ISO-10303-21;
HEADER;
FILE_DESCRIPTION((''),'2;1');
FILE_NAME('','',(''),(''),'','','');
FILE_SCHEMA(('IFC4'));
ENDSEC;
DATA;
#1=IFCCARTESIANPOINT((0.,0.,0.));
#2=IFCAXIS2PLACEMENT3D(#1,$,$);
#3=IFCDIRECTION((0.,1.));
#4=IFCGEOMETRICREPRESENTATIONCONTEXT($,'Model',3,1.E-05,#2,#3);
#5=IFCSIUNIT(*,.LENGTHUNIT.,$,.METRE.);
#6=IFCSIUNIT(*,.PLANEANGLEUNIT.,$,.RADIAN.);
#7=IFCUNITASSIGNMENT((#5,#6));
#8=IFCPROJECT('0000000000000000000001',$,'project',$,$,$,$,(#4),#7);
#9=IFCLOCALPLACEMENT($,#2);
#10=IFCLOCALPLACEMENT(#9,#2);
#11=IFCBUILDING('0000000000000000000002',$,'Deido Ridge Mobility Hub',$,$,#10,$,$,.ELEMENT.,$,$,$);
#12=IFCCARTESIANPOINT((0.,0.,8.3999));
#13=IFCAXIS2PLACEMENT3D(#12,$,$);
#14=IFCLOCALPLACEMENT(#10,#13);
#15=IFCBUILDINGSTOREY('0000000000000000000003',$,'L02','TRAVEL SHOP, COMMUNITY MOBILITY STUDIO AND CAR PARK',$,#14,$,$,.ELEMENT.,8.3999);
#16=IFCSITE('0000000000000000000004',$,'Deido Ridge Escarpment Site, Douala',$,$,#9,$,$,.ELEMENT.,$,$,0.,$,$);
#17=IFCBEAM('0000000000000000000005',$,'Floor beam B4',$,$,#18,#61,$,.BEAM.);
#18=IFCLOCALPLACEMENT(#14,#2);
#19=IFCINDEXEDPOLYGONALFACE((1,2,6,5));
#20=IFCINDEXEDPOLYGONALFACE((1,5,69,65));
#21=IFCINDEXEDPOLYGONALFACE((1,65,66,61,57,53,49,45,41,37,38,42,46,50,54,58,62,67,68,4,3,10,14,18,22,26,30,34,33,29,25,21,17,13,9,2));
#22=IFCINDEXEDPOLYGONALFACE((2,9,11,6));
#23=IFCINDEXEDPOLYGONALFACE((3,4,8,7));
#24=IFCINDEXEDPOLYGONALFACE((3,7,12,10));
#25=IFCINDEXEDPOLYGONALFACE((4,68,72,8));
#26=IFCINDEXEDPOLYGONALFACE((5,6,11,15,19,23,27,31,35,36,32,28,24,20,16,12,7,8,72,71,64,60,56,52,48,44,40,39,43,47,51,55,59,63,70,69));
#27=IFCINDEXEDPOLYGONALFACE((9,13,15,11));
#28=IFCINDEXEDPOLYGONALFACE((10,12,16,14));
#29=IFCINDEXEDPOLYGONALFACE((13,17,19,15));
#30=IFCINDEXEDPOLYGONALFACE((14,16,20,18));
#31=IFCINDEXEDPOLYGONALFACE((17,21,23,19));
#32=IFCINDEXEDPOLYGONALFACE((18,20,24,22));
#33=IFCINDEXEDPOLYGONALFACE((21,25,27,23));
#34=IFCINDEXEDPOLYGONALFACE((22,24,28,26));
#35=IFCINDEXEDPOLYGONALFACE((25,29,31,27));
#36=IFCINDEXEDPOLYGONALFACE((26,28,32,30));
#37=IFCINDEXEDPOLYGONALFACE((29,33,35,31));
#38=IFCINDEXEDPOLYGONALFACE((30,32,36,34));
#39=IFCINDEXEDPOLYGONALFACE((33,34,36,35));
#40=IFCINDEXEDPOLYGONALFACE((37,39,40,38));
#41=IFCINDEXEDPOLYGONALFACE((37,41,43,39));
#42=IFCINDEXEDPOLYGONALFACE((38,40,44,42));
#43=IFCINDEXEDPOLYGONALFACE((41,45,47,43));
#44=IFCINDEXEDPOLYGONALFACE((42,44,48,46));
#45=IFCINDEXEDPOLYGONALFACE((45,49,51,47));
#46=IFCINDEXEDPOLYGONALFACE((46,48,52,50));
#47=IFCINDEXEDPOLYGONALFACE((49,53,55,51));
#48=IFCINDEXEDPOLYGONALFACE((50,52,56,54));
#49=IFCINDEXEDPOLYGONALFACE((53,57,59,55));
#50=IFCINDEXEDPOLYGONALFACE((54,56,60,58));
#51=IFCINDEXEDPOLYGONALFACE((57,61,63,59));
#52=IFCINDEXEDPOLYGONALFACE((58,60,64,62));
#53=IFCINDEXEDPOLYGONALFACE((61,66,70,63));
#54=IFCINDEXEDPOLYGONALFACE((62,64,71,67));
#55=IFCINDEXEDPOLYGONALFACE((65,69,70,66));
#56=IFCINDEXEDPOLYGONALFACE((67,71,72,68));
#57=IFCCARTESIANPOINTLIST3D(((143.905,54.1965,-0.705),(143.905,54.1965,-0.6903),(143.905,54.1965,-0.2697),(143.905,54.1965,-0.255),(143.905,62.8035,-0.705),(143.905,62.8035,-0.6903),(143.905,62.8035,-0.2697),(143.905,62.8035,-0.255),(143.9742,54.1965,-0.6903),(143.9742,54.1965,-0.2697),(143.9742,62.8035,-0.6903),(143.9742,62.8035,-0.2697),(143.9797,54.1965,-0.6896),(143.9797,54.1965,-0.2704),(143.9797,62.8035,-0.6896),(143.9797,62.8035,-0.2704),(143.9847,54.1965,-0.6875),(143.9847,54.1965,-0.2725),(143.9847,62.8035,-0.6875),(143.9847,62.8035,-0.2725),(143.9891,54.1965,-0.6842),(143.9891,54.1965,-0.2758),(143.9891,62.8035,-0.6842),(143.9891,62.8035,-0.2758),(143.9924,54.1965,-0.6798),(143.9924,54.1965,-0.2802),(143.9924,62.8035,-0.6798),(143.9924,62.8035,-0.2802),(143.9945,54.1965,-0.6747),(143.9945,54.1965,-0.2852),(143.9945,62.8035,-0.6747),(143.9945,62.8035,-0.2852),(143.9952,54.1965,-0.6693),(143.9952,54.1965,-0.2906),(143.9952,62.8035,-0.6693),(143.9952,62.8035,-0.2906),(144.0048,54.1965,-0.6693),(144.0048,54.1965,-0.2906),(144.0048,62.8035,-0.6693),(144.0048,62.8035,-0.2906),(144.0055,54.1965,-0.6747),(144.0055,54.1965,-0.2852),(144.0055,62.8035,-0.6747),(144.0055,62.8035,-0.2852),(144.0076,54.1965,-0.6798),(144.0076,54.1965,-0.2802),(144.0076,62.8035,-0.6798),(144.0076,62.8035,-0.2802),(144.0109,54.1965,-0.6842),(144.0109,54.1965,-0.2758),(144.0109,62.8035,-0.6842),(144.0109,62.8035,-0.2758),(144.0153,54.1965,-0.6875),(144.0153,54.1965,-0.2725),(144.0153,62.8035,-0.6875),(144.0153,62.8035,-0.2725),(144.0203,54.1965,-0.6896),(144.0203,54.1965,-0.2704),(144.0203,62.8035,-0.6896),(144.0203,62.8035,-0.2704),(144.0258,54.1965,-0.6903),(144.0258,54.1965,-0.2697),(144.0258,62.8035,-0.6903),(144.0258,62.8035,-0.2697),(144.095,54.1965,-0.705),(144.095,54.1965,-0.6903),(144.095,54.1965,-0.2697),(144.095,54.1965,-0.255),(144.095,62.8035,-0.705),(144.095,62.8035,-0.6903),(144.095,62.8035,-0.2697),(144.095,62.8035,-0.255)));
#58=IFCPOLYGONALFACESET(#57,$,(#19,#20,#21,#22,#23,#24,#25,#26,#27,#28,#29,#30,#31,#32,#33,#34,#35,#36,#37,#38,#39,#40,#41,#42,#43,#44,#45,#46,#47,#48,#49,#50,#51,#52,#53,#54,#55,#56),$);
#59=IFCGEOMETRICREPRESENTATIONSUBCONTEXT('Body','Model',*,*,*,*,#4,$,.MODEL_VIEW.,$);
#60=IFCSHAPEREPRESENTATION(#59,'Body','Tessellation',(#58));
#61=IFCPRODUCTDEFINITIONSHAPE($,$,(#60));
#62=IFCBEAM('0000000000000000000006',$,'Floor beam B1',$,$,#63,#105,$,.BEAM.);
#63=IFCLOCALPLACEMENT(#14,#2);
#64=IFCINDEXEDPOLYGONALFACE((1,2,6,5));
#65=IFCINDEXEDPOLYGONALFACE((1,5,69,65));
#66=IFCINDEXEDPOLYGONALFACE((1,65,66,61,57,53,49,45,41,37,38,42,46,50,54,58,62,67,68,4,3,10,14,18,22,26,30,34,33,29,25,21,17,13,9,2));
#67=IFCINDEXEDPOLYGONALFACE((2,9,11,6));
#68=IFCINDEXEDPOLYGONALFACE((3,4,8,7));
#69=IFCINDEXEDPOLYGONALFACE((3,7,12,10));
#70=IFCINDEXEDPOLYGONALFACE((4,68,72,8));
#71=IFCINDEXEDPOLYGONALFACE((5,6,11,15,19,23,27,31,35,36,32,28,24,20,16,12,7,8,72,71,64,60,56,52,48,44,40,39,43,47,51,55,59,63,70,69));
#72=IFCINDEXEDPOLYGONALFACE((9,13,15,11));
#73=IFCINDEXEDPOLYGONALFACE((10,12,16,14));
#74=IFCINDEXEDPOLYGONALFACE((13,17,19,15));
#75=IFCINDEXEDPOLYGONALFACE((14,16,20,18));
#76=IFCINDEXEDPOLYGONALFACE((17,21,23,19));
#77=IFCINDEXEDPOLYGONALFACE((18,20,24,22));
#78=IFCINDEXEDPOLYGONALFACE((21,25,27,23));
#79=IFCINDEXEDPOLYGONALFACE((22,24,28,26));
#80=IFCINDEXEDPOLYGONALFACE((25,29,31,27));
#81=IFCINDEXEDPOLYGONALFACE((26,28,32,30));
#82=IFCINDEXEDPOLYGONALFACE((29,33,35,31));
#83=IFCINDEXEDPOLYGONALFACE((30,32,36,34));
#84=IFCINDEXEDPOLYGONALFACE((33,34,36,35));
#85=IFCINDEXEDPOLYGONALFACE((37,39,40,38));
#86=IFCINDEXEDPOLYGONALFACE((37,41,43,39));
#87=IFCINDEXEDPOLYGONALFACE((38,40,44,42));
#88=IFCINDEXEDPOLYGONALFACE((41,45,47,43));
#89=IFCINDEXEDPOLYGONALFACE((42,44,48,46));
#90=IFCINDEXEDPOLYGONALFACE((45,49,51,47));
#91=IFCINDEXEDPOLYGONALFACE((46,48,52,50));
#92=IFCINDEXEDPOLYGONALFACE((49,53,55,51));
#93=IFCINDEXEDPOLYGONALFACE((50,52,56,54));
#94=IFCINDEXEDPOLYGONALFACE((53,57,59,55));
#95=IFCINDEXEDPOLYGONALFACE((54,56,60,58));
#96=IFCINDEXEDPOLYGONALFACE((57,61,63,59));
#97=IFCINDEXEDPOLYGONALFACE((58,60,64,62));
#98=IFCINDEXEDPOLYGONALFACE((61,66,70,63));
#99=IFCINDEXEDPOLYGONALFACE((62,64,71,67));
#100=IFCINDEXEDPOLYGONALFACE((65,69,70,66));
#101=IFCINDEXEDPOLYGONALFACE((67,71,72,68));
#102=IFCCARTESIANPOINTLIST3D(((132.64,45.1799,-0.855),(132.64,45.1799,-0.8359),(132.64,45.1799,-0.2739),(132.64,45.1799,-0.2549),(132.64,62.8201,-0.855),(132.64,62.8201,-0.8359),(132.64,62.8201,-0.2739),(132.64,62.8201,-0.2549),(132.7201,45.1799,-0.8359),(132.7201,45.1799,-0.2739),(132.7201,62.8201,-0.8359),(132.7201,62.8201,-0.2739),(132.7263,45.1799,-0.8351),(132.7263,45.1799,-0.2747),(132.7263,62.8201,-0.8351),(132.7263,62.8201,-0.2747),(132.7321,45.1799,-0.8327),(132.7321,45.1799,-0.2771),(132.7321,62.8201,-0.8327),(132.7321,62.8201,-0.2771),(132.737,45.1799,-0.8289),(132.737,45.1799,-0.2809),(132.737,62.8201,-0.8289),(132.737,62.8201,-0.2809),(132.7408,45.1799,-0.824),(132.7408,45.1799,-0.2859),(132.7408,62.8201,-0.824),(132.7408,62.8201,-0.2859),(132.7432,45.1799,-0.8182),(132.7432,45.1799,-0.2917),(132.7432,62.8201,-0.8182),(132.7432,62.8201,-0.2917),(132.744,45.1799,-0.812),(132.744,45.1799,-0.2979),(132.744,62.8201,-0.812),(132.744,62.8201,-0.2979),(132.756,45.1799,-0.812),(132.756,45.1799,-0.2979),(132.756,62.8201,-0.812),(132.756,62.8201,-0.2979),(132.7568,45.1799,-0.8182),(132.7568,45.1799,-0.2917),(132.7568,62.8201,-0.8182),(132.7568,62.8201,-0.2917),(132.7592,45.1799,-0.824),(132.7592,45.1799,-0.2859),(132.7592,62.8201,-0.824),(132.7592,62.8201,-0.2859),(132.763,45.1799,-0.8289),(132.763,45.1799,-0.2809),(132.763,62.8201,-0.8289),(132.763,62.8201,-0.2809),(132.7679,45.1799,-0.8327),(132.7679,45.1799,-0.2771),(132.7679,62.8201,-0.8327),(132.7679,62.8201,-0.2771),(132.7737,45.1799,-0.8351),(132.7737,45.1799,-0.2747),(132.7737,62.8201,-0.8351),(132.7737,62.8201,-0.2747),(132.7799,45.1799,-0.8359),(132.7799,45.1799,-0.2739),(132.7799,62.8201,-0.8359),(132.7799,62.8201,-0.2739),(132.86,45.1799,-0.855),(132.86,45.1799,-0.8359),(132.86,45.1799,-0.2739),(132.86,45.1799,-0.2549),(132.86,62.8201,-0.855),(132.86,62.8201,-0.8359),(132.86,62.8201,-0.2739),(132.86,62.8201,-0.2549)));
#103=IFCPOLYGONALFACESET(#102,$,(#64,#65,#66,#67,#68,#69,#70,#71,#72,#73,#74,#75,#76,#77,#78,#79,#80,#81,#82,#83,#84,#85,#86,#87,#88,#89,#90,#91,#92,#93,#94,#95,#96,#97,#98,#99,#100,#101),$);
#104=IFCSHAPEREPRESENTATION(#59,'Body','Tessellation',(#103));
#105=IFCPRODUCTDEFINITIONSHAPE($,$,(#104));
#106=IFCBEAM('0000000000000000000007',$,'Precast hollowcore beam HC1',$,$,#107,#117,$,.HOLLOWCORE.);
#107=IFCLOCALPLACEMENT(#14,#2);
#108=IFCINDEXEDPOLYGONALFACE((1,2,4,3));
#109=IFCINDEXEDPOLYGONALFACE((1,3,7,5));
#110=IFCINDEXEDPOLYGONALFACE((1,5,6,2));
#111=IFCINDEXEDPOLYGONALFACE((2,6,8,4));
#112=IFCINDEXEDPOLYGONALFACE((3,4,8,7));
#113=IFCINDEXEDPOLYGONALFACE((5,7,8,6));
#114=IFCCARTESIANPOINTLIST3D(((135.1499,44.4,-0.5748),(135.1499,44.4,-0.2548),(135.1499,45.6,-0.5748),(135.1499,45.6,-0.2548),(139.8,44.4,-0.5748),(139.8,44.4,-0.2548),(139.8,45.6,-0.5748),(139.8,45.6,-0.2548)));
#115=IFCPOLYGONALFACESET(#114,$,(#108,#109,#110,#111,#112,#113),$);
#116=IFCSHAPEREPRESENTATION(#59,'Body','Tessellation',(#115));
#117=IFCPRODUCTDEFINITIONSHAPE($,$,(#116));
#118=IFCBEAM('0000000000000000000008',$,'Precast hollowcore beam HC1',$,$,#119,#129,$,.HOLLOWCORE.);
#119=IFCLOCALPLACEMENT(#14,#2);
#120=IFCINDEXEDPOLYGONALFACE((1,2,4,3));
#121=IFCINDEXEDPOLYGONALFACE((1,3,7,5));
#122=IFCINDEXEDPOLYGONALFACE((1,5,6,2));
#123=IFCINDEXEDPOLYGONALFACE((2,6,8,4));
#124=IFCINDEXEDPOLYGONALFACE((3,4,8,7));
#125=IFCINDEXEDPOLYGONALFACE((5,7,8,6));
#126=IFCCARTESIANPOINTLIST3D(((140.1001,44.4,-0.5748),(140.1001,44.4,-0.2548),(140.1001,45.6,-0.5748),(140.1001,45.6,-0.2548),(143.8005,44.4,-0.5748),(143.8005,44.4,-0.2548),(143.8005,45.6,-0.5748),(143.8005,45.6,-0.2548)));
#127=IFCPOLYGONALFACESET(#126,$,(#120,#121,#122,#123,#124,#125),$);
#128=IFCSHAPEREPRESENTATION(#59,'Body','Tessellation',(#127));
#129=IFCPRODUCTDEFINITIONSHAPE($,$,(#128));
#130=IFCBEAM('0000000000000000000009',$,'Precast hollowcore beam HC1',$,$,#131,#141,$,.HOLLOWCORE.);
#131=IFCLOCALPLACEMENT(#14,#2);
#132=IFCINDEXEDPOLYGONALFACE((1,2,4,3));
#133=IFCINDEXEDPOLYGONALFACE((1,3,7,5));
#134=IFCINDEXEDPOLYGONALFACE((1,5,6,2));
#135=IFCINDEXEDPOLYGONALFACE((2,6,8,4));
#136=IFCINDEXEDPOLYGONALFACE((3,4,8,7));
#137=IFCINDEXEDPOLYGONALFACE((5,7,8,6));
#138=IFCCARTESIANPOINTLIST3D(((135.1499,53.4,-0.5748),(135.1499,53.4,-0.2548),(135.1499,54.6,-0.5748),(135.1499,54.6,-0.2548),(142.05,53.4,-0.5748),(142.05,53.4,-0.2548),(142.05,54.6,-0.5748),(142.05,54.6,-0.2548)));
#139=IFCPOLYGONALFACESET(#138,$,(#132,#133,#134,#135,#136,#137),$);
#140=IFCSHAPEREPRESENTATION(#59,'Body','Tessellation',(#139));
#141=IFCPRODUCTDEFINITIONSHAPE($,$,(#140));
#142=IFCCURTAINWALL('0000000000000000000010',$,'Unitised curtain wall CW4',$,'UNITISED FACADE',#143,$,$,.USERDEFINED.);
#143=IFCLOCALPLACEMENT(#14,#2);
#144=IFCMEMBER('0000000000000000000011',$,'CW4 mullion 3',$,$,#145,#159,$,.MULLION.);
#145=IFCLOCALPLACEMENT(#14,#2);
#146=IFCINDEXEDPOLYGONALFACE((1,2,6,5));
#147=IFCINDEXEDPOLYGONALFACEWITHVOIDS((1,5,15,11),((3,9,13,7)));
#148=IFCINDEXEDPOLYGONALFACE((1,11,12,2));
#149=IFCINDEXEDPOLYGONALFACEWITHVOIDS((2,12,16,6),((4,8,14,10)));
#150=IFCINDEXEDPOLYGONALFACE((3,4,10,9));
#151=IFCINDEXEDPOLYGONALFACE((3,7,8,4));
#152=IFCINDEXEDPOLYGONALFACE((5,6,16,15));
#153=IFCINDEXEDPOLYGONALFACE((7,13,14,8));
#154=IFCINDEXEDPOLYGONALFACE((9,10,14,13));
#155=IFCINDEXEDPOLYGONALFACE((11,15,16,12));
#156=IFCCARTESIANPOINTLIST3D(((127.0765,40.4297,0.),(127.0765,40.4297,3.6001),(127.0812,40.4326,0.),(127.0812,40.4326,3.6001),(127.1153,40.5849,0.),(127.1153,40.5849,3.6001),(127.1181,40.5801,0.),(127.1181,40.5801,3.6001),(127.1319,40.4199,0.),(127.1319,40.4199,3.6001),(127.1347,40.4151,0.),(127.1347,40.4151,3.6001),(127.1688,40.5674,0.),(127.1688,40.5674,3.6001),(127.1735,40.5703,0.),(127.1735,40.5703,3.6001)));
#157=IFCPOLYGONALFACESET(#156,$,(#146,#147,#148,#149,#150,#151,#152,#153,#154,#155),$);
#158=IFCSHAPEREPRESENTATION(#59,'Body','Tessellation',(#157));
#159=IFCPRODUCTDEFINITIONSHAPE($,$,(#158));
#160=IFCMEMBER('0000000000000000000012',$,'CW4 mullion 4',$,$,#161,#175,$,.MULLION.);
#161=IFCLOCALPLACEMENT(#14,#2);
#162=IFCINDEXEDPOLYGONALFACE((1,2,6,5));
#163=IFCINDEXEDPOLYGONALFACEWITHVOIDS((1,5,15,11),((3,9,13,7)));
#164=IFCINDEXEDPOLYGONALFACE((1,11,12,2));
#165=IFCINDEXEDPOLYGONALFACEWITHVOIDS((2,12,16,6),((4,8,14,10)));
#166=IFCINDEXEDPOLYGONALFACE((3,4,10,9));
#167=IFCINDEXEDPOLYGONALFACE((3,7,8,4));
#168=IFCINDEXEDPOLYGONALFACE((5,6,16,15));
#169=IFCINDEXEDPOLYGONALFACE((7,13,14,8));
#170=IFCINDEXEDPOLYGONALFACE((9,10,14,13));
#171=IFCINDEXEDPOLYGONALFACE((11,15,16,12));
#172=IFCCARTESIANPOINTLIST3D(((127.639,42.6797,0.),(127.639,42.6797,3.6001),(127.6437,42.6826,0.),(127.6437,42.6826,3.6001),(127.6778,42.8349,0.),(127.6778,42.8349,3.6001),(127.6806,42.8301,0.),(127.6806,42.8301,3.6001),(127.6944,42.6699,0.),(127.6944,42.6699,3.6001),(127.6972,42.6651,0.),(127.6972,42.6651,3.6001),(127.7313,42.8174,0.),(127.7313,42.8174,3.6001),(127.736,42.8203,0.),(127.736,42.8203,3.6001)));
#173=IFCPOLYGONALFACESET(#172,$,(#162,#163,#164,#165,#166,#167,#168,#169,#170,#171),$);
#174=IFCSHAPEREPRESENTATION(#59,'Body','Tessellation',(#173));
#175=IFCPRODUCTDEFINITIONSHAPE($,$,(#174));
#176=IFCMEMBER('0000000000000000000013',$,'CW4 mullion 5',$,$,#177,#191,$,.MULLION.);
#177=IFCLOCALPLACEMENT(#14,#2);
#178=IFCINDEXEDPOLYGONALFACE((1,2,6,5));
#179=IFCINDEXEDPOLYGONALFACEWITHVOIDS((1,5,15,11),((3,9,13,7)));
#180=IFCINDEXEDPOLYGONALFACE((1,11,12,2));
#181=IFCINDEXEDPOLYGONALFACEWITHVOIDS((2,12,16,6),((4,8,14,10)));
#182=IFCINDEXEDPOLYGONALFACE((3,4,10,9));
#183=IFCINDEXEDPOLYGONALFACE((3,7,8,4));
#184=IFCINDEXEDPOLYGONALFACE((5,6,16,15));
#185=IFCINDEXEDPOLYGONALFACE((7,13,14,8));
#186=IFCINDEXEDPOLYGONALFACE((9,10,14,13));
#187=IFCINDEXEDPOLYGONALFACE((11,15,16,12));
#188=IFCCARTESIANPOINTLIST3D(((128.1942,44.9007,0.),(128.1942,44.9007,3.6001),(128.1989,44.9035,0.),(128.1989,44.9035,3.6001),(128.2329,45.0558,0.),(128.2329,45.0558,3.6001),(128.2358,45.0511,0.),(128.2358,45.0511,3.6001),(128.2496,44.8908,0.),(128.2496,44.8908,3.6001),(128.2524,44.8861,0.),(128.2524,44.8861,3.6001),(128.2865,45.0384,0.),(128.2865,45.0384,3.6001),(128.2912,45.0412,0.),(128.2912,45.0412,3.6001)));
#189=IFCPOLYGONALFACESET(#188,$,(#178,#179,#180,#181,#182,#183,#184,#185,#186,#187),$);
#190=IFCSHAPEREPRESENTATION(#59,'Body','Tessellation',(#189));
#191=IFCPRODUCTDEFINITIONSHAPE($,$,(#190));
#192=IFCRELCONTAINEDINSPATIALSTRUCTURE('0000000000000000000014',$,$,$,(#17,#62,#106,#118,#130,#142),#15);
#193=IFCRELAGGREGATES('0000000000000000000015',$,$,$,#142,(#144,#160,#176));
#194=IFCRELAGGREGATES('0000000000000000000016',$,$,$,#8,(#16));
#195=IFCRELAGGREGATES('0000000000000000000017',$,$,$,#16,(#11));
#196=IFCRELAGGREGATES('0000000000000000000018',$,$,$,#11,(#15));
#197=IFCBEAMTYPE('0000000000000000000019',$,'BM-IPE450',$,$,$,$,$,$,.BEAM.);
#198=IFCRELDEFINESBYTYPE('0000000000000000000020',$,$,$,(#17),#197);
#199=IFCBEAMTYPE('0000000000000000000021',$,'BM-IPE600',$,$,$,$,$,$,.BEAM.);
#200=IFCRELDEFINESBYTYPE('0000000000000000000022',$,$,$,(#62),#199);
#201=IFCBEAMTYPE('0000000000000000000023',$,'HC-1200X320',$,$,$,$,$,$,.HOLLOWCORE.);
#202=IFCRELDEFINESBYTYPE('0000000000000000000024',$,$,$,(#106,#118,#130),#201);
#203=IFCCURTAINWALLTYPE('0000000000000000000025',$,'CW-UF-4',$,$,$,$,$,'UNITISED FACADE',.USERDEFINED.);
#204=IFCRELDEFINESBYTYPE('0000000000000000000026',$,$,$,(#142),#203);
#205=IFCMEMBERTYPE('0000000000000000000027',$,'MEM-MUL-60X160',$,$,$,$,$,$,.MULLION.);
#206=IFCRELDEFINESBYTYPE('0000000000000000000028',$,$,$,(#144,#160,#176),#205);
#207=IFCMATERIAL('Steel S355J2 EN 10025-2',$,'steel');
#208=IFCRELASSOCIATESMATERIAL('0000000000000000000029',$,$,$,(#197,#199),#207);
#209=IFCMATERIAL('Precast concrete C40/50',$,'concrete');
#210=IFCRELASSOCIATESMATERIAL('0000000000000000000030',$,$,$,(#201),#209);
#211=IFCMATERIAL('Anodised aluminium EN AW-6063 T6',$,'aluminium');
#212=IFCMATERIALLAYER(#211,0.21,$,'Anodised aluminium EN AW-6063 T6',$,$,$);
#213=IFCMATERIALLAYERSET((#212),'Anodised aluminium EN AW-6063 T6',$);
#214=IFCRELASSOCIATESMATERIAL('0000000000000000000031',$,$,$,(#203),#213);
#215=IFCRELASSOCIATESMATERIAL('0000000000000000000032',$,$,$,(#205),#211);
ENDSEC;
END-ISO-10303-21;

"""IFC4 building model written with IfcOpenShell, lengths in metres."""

from ifc_helpers import new_model, si_unit, direction, frame, origin, origin_2d, place, context, subcontext, project, spatial, rectangle, hollow_rectangle, i_section, extrude, material, layer, layer_set, material_profile, profile_set, type_object, element, aggregate, save


model = new_model("IFC4")

# Units and contexts
model_context = context("Model", 3, precision=1e-05, world=origin(), true_north=direction((0.0, 1.0)))
body_context = subcontext(model_context, "Body", "Model", "MODEL_VIEW")
ifc_project = project(units=[si_unit("LENGTHUNIT", "METRE"), si_unit("PLANEANGLEUNIT", "RADIAN")], contexts=[model_context])

# Site, building, storey
site_placement = place(None, origin())
site = spatial("IfcSite", under=ifc_project, at=site_placement, Name="Deido Ridge Escarpment Site, Douala", CompositionType="ELEMENT", RefElevation=0.0)
building_placement = place(site_placement, origin())
building = spatial("IfcBuilding", under=site, at=building_placement, Name="Deido Ridge Mobility Hub", CompositionType="ELEMENT")
storey_placement = place(building_placement, frame((0.0, 0.0, 8.3999)))
storey = spatial("IfcBuildingStorey", under=building, at=storey_placement, Name="L02", Description="TRAVEL SHOP, COMMUNITY MOBILITY STUDIO AND CAR PARK", CompositionType="ELEMENT", Elevation=8.3999)

# Shared definitions
ifc_material_1 = material(Name="Steel S355J2 EN 10025-2", Category="steel")

# Beams
ifc_material_profile_1 = material_profile(ifc_material_1, i_section(OverallWidth=0.1899, OverallDepth=0.45, WebThickness=0.0095, FlangeThickness=0.0146, FilletRadius=0.021, at=origin_2d()), Name="IPE 450")
ifc_profile_set_1 = profile_set([ifc_material_profile_1], Name="Steel S355J2 EN 10025-2")
beam_type_1 = type_object("IfcBeamType", Name="BM-IPE450", PredefinedType="BEAM", material=ifc_profile_set_1)
for number, where, z_axis, x_axis, name in (
    (1, (144.0, 54.1965, -0.48), (0.0, 1.0, 0.0), (-1.0, 0.0, 0.0), "Floor beam B4"),
):
    element("IfcBeam", number, at=place(storey_placement, frame(where, z_axis=z_axis, x_axis=x_axis)), inside=storey, type_object=beam_type_1, Name=name, PredefinedType="BEAM", context=body_context, shape_type="SweptSolid", body=[
        extrude(i_section(OverallWidth=0.1899, OverallDepth=0.45, WebThickness=0.0095, FlangeThickness=0.0146, FilletRadius=0.021, at=origin_2d()), origin(), (0.0, 0.0, 1.0), 8.6069),
    ])
ifc_material_profile_2 = material_profile(ifc_material_1, i_section(OverallWidth=0.22, OverallDepth=0.6001, WebThickness=0.012, FlangeThickness=0.019, FilletRadius=0.0239, at=origin_2d()), Name="IPE 600")
ifc_profile_set_2 = profile_set([ifc_material_profile_2], Name="Steel S355J2 EN 10025-2")
beam_type_2 = type_object("IfcBeamType", Name="BM-IPE600", PredefinedType="BEAM", material=ifc_profile_set_2)
beam_1_placement = place(storey_placement, frame((132.75, 45.1799, -0.5549), z_axis=(0.0, 1.0, 0.0), x_axis=(-1.0, 0.0, 0.0)))
element("IfcBeam", 2, at=beam_1_placement, inside=storey, type_object=beam_type_2, Name="Floor beam B1", PredefinedType="BEAM", context=body_context, shape_type="SweptSolid", body=[
    extrude(i_section(OverallWidth=0.22, OverallDepth=0.6001, WebThickness=0.012, FlangeThickness=0.019, FilletRadius=0.0239, at=origin_2d()), origin(), (0.0, 0.0, 1.0), 17.6401),
])
ifc_material_2 = material(Name="Precast concrete C40/50", Category="concrete")
ifc_material_profile_3 = material_profile(ifc_material_2, rectangle(XDim=1.2, YDim=0.3201, at=origin_2d()), Name="RC HC 1200x320")
ifc_profile_set_3 = profile_set([ifc_material_profile_3], Name="Precast concrete C40/50")
beam_type_3 = type_object("IfcBeamType", Name="HC-1200X320", PredefinedType="HOLLOWCORE", material=ifc_profile_set_3)
beam_2_placement = place(storey_placement, frame((135.1499, 45.0, -0.4148), z_axis=(1.0, 0.0, 0.0), x_axis=(0.0, 1.0, 0.0)))
element("IfcBeam", 3, at=beam_2_placement, inside=storey, type_object=beam_type_3, Name="Precast hollowcore beam HC1", PredefinedType="HOLLOWCORE", context=body_context, shape_type="SweptSolid", body=[
    extrude(rectangle(XDim=1.2, YDim=0.3201, at=origin_2d()), origin(), (0.0, 0.0, 1.0), 4.6501),
])
beam_3_placement = place(storey_placement, frame((140.1001, 45.0, -0.4148), z_axis=(1.0, 0.0, 0.0), x_axis=(0.0, 1.0, 0.0)))
element("IfcBeam", 4, at=beam_3_placement, inside=storey, type_object=beam_type_3, Name="Precast hollowcore beam HC1", PredefinedType="HOLLOWCORE", context=body_context, shape_type="SweptSolid", body=[
    extrude(rectangle(XDim=1.2, YDim=0.3201, at=origin_2d()), origin(), (0.0, 0.0, 1.0), 3.7004),
])
beam_4_placement = place(storey_placement, frame((135.1499, 54.0, -0.4148), z_axis=(1.0, 0.0, 0.0), x_axis=(0.0, 1.0, 0.0)))
element("IfcBeam", 5, at=beam_4_placement, inside=storey, type_object=beam_type_3, Name="Precast hollowcore beam HC1", PredefinedType="HOLLOWCORE", context=body_context, shape_type="SweptSolid", body=[
    extrude(rectangle(XDim=1.2, YDim=0.3201, at=origin_2d()), origin(), (0.0, 0.0, 1.0), 6.9001),
])

# Curtain wall, members
ifc_material_3 = material(Name="Anodised aluminium EN AW-6063 T6", Category="aluminium")
ifc_layer_1 = layer(ifc_material_3, 0.21, Name="Anodised aluminium EN AW-6063 T6")
ifc_layer_set_1 = layer_set([ifc_layer_1], Name="Anodised aluminium EN AW-6063 T6")
curtain_wall_type_1 = type_object("IfcCurtainWallType", Name="CW-UF-4", ElementType="UNITISED FACADE", PredefinedType="USERDEFINED", material=ifc_layer_set_1)
curtain_wall_1_placement = place(storey_placement, origin())
curtain_wall_1 = element("IfcCurtainWall", 6, at=curtain_wall_1_placement, inside=storey, type_object=curtain_wall_type_1, Name="Unitised curtain wall CW4", ObjectType="UNITISED FACADE", PredefinedType="USERDEFINED")
ifc_material_profile_4 = material_profile(ifc_material_3, hollow_rectangle(XDim=0.0601, YDim=0.1599, WallThickness=0.0039, at=origin_2d()), Name="RHS 60x160x4")
ifc_profile_set_4 = profile_set([ifc_material_profile_4], Name="Anodised aluminium EN AW-6063 T6")
member_type_1 = type_object("IfcMemberType", Name="MEM-MUL-60X160", PredefinedType="MULLION", material=ifc_profile_set_4)
member_1_placement = place(storey_placement, frame((127.125, 40.5, 0.0), z_axis=(0.0, 0.0, 1.0), x_axis=(-0.970143, 0.242536, 0.0)))
member_1 = element("IfcMember", 7, at=member_1_placement, type_object=member_type_1, Name="CW4 mullion 3", PredefinedType="MULLION", context=body_context, shape_type="SweptSolid", body=[
    extrude(hollow_rectangle(XDim=0.0601, YDim=0.1599, WallThickness=0.0039, at=origin_2d()), origin(), (0.0, 0.0, 1.0), 3.6001),
])
member_2_placement = place(storey_placement, frame((127.6875, 42.75, 0.0), z_axis=(0.0, 0.0, 1.0), x_axis=(-0.970143, 0.242536, 0.0)))
member_2 = element("IfcMember", 8, at=member_2_placement, type_object=member_type_1, Name="CW4 mullion 4", PredefinedType="MULLION", context=body_context, shape_type="SweptSolid", body=[
    extrude(hollow_rectangle(XDim=0.0601, YDim=0.1599, WallThickness=0.0039, at=origin_2d()), origin(), (0.0, 0.0, 1.0), 3.6001),
])
member_3_placement = place(storey_placement, frame((128.2427, 44.9709, 0.0), z_axis=(0.0, 0.0, 1.0), x_axis=(-0.970143, 0.242536, 0.0)))
member_3 = element("IfcMember", 9, at=member_3_placement, type_object=member_type_1, Name="CW4 mullion 5", PredefinedType="MULLION", context=body_context, shape_type="SweptSolid", body=[
    extrude(hollow_rectangle(XDim=0.0601, YDim=0.1599, WallThickness=0.0039, at=origin_2d()), origin(), (0.0, 0.0, 1.0), 3.6001),
])

aggregate(curtain_wall_1, [member_1, member_2, member_3])

save(model, "model.ifc")
